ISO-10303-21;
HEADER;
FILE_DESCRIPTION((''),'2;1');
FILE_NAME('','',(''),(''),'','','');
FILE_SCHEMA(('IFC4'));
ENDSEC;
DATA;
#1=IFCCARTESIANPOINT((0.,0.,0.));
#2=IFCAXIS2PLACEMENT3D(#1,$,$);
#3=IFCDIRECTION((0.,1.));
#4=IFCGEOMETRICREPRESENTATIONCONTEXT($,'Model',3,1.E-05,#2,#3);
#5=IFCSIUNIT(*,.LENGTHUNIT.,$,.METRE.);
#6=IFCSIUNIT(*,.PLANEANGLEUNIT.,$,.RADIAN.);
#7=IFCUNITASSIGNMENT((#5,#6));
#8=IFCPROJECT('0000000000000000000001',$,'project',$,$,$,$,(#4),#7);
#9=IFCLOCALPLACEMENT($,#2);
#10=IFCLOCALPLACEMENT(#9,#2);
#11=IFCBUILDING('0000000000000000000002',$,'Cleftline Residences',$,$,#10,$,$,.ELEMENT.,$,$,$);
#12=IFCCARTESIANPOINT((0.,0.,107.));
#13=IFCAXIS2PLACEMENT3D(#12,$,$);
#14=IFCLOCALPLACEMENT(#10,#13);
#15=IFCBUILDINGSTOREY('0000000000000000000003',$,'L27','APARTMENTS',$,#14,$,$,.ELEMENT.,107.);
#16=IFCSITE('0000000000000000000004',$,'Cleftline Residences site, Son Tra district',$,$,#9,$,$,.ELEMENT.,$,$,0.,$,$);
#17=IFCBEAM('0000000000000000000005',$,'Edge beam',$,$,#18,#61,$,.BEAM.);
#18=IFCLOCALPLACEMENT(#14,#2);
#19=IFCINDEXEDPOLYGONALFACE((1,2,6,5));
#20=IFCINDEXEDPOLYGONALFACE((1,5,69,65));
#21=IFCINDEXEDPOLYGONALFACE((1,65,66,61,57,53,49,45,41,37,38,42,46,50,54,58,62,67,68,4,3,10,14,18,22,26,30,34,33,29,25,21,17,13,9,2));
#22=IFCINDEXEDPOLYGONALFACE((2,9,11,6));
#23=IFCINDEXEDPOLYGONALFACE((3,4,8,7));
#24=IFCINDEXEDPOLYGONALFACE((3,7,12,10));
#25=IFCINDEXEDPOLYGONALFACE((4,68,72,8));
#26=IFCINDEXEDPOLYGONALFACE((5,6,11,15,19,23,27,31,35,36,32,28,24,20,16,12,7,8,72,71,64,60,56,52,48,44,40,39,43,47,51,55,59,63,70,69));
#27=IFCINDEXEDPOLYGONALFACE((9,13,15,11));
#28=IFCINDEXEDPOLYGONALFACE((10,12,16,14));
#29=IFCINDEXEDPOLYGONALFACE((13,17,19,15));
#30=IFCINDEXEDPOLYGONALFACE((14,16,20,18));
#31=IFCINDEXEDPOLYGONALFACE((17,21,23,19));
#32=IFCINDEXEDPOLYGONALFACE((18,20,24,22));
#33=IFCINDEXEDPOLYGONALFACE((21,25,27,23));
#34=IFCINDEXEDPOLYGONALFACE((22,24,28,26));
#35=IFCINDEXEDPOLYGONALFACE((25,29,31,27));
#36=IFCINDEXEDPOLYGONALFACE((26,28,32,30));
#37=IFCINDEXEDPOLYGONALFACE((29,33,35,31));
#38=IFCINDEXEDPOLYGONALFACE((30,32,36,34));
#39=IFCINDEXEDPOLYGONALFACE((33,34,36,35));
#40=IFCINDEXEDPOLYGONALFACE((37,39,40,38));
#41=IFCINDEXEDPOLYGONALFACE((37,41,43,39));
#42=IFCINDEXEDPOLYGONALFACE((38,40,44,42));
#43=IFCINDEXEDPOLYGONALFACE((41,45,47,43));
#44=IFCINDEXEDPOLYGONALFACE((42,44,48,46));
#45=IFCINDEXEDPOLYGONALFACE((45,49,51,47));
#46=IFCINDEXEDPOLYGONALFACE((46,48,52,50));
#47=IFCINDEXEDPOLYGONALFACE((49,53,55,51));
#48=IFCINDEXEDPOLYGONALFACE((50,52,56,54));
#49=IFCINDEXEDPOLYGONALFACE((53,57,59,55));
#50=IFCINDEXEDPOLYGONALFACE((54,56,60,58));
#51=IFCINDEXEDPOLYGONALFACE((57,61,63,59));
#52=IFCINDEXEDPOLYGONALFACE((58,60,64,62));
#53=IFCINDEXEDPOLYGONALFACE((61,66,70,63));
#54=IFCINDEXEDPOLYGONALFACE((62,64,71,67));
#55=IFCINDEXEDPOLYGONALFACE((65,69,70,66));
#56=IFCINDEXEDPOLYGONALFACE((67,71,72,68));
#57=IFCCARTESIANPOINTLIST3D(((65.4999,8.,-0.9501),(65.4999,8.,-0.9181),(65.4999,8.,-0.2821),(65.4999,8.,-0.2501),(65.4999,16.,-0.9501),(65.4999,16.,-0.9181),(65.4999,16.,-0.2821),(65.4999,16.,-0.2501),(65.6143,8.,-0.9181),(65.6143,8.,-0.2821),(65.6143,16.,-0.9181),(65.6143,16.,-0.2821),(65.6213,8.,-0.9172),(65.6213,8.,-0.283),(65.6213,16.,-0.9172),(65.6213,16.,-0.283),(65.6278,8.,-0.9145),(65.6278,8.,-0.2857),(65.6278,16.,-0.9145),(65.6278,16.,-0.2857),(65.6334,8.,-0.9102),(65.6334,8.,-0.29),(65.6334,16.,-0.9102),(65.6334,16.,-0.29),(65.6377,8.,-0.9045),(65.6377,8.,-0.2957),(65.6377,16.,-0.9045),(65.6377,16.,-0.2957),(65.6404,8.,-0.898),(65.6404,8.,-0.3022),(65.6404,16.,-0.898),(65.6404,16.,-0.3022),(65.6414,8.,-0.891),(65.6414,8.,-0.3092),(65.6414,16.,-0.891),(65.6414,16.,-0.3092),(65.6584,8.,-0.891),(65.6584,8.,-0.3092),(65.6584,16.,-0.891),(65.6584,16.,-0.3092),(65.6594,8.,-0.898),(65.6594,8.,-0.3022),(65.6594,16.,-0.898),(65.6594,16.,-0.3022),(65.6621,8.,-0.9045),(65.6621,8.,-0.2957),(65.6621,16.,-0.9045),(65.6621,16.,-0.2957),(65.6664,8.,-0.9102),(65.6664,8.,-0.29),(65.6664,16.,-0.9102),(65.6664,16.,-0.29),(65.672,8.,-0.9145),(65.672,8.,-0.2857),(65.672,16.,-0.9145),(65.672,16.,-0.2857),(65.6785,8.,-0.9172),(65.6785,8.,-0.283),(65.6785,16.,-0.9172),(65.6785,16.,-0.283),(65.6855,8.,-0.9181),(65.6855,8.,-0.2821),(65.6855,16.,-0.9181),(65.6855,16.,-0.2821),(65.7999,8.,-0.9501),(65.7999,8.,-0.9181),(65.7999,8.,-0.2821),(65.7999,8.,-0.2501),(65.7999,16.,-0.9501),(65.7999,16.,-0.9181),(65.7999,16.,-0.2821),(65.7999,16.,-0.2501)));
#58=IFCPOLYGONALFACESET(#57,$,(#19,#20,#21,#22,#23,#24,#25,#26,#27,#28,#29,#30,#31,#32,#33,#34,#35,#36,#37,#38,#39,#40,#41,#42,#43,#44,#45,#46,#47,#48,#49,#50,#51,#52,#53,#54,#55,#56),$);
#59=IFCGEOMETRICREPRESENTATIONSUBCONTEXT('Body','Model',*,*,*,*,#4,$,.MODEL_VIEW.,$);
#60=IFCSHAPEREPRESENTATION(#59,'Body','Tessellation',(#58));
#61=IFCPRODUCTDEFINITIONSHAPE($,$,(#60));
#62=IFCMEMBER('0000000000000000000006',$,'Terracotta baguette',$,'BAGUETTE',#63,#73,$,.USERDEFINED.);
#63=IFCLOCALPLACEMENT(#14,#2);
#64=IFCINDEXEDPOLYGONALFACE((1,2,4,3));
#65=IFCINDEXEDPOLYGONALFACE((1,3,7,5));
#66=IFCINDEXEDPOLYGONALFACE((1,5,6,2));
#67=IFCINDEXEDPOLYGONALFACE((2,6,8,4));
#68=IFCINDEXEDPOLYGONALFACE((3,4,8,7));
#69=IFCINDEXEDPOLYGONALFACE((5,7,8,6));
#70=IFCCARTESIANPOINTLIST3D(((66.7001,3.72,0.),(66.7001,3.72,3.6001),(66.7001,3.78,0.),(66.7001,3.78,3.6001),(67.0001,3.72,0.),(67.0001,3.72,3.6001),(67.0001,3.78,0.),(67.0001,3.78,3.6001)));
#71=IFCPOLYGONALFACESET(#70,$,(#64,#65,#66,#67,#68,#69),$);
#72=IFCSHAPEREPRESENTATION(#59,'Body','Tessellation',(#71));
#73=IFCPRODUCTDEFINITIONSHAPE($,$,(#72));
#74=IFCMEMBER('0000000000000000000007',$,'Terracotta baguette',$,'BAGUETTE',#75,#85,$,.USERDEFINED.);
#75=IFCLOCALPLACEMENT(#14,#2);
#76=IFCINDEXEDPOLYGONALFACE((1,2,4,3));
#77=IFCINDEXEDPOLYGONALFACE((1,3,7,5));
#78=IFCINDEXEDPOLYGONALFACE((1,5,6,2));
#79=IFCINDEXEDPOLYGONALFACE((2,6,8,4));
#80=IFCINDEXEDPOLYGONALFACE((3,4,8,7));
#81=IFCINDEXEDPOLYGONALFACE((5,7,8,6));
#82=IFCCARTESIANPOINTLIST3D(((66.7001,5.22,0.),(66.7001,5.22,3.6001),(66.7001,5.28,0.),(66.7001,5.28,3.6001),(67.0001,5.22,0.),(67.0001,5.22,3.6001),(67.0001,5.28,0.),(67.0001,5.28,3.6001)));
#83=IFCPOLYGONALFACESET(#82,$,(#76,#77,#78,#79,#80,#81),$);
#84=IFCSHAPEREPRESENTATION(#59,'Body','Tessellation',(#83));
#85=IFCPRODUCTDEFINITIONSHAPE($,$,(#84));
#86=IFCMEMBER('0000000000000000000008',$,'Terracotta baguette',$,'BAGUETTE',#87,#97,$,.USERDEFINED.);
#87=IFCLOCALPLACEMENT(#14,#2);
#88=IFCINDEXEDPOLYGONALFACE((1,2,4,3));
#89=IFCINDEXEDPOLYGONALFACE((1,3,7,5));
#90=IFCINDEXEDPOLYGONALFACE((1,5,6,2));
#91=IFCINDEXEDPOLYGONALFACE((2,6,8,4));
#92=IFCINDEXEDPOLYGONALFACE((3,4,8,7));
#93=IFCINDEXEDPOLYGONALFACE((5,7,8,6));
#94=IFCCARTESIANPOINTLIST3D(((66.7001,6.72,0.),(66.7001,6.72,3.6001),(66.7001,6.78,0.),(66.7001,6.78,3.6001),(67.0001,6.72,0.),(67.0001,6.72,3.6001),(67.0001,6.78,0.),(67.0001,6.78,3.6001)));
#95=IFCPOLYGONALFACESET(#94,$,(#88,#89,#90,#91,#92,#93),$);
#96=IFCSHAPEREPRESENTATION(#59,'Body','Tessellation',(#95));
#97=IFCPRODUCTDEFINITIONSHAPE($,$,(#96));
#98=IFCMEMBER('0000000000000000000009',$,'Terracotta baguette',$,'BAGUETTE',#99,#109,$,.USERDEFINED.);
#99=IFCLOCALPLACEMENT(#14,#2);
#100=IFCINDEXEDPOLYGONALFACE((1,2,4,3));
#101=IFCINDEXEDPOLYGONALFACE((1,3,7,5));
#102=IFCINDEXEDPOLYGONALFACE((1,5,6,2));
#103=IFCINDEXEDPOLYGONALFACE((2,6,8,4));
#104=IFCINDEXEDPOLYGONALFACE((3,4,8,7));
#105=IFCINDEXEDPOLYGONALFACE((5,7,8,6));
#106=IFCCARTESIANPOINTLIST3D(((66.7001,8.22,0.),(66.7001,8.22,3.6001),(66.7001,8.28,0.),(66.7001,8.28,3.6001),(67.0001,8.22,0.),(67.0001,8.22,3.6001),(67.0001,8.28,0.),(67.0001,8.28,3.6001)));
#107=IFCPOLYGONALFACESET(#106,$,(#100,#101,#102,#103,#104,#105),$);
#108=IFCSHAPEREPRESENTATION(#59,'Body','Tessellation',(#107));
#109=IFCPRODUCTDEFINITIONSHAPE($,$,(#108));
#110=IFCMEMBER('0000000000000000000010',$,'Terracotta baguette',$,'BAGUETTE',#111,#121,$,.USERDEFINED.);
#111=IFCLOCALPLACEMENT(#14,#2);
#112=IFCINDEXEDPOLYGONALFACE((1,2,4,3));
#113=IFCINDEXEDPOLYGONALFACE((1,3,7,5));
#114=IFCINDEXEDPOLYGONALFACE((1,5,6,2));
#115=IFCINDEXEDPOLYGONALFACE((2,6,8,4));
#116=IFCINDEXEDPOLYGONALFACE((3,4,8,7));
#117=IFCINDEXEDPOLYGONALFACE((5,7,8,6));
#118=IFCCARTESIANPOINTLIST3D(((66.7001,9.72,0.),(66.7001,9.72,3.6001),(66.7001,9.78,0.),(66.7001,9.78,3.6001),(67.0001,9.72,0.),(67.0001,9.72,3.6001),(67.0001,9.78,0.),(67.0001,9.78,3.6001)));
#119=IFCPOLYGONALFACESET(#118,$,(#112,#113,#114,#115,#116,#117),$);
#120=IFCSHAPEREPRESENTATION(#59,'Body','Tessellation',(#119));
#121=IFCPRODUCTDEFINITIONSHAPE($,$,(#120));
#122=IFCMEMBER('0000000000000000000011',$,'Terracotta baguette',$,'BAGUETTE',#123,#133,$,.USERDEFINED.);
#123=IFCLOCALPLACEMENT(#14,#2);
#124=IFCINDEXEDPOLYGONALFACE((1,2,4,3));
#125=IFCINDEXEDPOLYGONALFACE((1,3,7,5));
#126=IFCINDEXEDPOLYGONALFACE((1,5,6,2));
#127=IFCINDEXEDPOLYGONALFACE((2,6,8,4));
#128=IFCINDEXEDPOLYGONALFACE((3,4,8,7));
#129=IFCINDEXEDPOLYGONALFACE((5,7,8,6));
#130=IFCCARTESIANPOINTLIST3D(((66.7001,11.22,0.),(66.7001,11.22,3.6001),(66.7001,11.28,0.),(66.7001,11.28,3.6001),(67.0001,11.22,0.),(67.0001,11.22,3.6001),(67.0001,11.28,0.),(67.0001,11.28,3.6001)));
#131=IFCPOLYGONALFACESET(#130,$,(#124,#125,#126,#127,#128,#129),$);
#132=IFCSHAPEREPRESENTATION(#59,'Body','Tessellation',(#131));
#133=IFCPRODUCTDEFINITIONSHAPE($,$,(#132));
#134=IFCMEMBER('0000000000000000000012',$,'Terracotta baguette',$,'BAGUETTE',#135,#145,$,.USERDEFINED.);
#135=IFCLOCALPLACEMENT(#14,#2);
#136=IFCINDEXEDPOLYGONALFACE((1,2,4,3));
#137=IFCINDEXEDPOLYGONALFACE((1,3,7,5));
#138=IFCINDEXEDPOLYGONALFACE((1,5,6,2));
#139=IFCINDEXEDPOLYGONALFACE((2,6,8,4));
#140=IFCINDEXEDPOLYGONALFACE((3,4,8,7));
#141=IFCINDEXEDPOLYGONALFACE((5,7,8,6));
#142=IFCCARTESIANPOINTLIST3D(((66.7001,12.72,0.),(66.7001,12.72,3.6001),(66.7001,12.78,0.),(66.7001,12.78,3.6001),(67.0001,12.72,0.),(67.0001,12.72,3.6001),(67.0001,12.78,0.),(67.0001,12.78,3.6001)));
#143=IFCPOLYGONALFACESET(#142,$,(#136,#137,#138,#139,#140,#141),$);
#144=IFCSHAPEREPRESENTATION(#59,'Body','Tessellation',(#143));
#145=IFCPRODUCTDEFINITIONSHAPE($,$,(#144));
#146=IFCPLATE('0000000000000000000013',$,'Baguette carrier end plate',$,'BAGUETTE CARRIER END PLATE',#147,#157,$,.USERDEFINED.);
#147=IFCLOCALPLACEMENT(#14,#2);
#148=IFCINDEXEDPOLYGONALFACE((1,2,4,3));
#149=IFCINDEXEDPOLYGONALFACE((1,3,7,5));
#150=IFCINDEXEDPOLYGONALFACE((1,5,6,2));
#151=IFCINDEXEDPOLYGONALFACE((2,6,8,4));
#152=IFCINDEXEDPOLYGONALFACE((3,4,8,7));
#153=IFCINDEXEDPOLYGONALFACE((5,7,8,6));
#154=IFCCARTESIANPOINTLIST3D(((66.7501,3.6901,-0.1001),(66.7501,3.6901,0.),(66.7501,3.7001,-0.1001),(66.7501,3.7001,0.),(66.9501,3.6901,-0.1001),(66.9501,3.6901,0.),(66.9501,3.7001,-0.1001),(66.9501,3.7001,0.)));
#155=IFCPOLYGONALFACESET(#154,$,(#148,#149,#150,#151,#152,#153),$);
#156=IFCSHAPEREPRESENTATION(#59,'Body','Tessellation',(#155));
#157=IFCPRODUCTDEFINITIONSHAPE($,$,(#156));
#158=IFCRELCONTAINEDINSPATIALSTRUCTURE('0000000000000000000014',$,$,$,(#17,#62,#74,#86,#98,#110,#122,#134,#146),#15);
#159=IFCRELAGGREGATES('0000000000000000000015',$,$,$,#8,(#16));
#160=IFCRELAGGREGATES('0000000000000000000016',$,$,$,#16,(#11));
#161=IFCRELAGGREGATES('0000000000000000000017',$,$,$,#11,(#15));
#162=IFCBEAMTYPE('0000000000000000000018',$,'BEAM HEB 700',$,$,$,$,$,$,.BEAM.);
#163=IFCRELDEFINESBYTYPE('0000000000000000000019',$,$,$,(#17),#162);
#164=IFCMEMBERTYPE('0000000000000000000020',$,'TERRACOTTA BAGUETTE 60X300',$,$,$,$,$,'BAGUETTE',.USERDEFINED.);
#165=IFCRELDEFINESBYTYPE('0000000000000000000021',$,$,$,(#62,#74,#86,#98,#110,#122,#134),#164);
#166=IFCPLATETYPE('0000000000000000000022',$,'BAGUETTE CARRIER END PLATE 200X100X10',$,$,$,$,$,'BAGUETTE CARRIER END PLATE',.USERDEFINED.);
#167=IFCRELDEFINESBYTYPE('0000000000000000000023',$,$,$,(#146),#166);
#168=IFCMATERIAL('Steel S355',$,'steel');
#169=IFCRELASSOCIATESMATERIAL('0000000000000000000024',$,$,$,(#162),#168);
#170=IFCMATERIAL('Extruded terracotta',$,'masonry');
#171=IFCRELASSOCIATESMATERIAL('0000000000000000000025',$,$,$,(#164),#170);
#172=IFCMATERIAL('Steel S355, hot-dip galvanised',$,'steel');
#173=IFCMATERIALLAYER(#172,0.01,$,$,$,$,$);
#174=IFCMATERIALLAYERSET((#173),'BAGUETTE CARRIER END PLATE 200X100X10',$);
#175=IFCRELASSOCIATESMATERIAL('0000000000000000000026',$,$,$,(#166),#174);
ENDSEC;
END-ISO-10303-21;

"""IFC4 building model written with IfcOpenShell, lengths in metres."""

from ifc_helpers import new_model, si_unit, direction, frame, origin, origin_2d, place, context, subcontext, project, spatial, rectangle, i_section, extrude, material, layer, layer_set, material_profile, profile_set, type_object, element, save


model = new_model("IFC4")

# Units and contexts
model_context = context("Model", 3, precision=1e-05, world=origin(), true_north=direction((0.0, 1.0)))
body_context = subcontext(model_context, "Body", "Model", "MODEL_VIEW")
ifc_project = project(units=[si_unit("LENGTHUNIT", "METRE"), si_unit("PLANEANGLEUNIT", "RADIAN")], contexts=[model_context])

# Site, building, storey
site_placement = place(None, origin())
site = spatial("IfcSite", under=ifc_project, at=site_placement, Name="Cleftline Residences site, Son Tra district", CompositionType="ELEMENT", RefElevation=0.0)
building_placement = place(site_placement, origin())
building = spatial("IfcBuilding", under=site, at=building_placement, Name="Cleftline Residences", CompositionType="ELEMENT")
storey_placement = place(building_placement, frame((0.0, 0.0, 107.0)))
storey = spatial("IfcBuildingStorey", under=building, at=storey_placement, Name="L27", Description="APARTMENTS", CompositionType="ELEMENT", Elevation=107.0)

# Beam
ifc_material_1 = material(Name="Steel S355", Category="steel")
ifc_material_profile_1 = material_profile(ifc_material_1, i_section(OverallWidth=0.3, OverallDepth=0.7, WebThickness=0.0171, FlangeThickness=0.032, FilletRadius=0.0271, at=origin_2d()))
ifc_profile_set_1 = profile_set([ifc_material_profile_1], Name="Steel S355")
beam_type = type_object("IfcBeamType", Name="BEAM HEB 700", PredefinedType="BEAM", material=ifc_profile_set_1)
beam_placement = place(storey_placement, frame((65.6499, 8.0, -0.6001), z_axis=(0.0, 1.0, 0.0), x_axis=(-1.0, 0.0, 0.0)))
element("IfcBeam", 1, at=beam_placement, inside=storey, type_object=beam_type, Name="Edge beam", PredefinedType="BEAM", context=body_context, shape_type="SweptSolid", body=[
    extrude(i_section(OverallWidth=0.3, OverallDepth=0.7, WebThickness=0.0171, FlangeThickness=0.032, FilletRadius=0.0271, at=origin_2d()), origin(), (0.0, 0.0, 1.0), 8.0),
])

# Members
ifc_material_2 = material(Name="Extruded terracotta", Category="masonry")
ifc_material_profile_2 = material_profile(ifc_material_2, rectangle(XDim=0.0601, YDim=0.3, at=origin_2d()))
ifc_profile_set_2 = profile_set([ifc_material_profile_2], Name="Extruded terracotta")
member_type_1 = type_object("IfcMemberType", Name="TERRACOTTA BAGUETTE 60X300", ElementType="BAGUETTE", PredefinedType="USERDEFINED", material=ifc_profile_set_2)
for number, where, z_axis, x_axis, name in (
    (2, (66.8501, 3.75, 0.0), (0.0, 0.0, 1.0), (0.0, 1.0, 0.0), "Terracotta baguette"),
    (3, (66.8501, 5.25, 0.0), (0.0, 0.0, 1.0), (0.0, 1.0, 0.0), "Terracotta baguette"),
    (4, (66.8501, 6.75, 0.0), (0.0, 0.0, 1.0), (0.0, 1.0, 0.0), "Terracotta baguette"),
    (5, (66.8501, 8.25, 0.0), (0.0, 0.0, 1.0), (0.0, 1.0, 0.0), "Terracotta baguette"),
    (6, (66.8501, 9.75, 0.0), (0.0, 0.0, 1.0), (0.0, 1.0, 0.0), "Terracotta baguette"),
    (7, (66.8501, 11.25, 0.0), (0.0, 0.0, 1.0), (0.0, 1.0, 0.0), "Terracotta baguette"),
    (8, (66.8501, 12.75, 0.0), (0.0, 0.0, 1.0), (0.0, 1.0, 0.0), "Terracotta baguette"),
):
    element("IfcMember", number, at=place(storey_placement, frame(where, z_axis=z_axis, x_axis=x_axis)), inside=storey, type_object=member_type_1, Name=name, ObjectType="BAGUETTE", PredefinedType="USERDEFINED", context=body_context, shape_type="SweptSolid", body=[
        extrude(rectangle(XDim=0.0601, YDim=0.3, at=origin_2d()), origin(), (0.0, 0.0, 1.0), 3.6001),
    ])

# Plate
ifc_material_3 = material(Name="Steel S355, hot-dip galvanised", Category="steel")
ifc_layer_1 = layer(ifc_material_3, 0.01)
ifc_layer_set_1 = layer_set([ifc_layer_1], Name="BAGUETTE CARRIER END PLATE 200X100X10")
plate_type = type_object("IfcPlateType", Name="BAGUETTE CARRIER END PLATE 200X100X10", ElementType="BAGUETTE CARRIER END PLATE", PredefinedType="USERDEFINED", material=ifc_layer_set_1)
plate_placement = place(storey_placement, frame((66.8501, 3.6951, -0.1001), z_axis=(0.0, 0.0, 1.0), x_axis=(1.0, 0.0, 0.0)))
element("IfcPlate", 9, at=plate_placement, inside=storey, type_object=plate_type, Name="Baguette carrier end plate", ObjectType="BAGUETTE CARRIER END PLATE", PredefinedType="USERDEFINED", context=body_context, shape_type="SweptSolid", body=[
    extrude(rectangle(XDim=0.2, YDim=0.01, at=origin_2d()), origin(), (0.0, 0.0, 1.0), 0.1001),
])

save(model, "model.ifc")
